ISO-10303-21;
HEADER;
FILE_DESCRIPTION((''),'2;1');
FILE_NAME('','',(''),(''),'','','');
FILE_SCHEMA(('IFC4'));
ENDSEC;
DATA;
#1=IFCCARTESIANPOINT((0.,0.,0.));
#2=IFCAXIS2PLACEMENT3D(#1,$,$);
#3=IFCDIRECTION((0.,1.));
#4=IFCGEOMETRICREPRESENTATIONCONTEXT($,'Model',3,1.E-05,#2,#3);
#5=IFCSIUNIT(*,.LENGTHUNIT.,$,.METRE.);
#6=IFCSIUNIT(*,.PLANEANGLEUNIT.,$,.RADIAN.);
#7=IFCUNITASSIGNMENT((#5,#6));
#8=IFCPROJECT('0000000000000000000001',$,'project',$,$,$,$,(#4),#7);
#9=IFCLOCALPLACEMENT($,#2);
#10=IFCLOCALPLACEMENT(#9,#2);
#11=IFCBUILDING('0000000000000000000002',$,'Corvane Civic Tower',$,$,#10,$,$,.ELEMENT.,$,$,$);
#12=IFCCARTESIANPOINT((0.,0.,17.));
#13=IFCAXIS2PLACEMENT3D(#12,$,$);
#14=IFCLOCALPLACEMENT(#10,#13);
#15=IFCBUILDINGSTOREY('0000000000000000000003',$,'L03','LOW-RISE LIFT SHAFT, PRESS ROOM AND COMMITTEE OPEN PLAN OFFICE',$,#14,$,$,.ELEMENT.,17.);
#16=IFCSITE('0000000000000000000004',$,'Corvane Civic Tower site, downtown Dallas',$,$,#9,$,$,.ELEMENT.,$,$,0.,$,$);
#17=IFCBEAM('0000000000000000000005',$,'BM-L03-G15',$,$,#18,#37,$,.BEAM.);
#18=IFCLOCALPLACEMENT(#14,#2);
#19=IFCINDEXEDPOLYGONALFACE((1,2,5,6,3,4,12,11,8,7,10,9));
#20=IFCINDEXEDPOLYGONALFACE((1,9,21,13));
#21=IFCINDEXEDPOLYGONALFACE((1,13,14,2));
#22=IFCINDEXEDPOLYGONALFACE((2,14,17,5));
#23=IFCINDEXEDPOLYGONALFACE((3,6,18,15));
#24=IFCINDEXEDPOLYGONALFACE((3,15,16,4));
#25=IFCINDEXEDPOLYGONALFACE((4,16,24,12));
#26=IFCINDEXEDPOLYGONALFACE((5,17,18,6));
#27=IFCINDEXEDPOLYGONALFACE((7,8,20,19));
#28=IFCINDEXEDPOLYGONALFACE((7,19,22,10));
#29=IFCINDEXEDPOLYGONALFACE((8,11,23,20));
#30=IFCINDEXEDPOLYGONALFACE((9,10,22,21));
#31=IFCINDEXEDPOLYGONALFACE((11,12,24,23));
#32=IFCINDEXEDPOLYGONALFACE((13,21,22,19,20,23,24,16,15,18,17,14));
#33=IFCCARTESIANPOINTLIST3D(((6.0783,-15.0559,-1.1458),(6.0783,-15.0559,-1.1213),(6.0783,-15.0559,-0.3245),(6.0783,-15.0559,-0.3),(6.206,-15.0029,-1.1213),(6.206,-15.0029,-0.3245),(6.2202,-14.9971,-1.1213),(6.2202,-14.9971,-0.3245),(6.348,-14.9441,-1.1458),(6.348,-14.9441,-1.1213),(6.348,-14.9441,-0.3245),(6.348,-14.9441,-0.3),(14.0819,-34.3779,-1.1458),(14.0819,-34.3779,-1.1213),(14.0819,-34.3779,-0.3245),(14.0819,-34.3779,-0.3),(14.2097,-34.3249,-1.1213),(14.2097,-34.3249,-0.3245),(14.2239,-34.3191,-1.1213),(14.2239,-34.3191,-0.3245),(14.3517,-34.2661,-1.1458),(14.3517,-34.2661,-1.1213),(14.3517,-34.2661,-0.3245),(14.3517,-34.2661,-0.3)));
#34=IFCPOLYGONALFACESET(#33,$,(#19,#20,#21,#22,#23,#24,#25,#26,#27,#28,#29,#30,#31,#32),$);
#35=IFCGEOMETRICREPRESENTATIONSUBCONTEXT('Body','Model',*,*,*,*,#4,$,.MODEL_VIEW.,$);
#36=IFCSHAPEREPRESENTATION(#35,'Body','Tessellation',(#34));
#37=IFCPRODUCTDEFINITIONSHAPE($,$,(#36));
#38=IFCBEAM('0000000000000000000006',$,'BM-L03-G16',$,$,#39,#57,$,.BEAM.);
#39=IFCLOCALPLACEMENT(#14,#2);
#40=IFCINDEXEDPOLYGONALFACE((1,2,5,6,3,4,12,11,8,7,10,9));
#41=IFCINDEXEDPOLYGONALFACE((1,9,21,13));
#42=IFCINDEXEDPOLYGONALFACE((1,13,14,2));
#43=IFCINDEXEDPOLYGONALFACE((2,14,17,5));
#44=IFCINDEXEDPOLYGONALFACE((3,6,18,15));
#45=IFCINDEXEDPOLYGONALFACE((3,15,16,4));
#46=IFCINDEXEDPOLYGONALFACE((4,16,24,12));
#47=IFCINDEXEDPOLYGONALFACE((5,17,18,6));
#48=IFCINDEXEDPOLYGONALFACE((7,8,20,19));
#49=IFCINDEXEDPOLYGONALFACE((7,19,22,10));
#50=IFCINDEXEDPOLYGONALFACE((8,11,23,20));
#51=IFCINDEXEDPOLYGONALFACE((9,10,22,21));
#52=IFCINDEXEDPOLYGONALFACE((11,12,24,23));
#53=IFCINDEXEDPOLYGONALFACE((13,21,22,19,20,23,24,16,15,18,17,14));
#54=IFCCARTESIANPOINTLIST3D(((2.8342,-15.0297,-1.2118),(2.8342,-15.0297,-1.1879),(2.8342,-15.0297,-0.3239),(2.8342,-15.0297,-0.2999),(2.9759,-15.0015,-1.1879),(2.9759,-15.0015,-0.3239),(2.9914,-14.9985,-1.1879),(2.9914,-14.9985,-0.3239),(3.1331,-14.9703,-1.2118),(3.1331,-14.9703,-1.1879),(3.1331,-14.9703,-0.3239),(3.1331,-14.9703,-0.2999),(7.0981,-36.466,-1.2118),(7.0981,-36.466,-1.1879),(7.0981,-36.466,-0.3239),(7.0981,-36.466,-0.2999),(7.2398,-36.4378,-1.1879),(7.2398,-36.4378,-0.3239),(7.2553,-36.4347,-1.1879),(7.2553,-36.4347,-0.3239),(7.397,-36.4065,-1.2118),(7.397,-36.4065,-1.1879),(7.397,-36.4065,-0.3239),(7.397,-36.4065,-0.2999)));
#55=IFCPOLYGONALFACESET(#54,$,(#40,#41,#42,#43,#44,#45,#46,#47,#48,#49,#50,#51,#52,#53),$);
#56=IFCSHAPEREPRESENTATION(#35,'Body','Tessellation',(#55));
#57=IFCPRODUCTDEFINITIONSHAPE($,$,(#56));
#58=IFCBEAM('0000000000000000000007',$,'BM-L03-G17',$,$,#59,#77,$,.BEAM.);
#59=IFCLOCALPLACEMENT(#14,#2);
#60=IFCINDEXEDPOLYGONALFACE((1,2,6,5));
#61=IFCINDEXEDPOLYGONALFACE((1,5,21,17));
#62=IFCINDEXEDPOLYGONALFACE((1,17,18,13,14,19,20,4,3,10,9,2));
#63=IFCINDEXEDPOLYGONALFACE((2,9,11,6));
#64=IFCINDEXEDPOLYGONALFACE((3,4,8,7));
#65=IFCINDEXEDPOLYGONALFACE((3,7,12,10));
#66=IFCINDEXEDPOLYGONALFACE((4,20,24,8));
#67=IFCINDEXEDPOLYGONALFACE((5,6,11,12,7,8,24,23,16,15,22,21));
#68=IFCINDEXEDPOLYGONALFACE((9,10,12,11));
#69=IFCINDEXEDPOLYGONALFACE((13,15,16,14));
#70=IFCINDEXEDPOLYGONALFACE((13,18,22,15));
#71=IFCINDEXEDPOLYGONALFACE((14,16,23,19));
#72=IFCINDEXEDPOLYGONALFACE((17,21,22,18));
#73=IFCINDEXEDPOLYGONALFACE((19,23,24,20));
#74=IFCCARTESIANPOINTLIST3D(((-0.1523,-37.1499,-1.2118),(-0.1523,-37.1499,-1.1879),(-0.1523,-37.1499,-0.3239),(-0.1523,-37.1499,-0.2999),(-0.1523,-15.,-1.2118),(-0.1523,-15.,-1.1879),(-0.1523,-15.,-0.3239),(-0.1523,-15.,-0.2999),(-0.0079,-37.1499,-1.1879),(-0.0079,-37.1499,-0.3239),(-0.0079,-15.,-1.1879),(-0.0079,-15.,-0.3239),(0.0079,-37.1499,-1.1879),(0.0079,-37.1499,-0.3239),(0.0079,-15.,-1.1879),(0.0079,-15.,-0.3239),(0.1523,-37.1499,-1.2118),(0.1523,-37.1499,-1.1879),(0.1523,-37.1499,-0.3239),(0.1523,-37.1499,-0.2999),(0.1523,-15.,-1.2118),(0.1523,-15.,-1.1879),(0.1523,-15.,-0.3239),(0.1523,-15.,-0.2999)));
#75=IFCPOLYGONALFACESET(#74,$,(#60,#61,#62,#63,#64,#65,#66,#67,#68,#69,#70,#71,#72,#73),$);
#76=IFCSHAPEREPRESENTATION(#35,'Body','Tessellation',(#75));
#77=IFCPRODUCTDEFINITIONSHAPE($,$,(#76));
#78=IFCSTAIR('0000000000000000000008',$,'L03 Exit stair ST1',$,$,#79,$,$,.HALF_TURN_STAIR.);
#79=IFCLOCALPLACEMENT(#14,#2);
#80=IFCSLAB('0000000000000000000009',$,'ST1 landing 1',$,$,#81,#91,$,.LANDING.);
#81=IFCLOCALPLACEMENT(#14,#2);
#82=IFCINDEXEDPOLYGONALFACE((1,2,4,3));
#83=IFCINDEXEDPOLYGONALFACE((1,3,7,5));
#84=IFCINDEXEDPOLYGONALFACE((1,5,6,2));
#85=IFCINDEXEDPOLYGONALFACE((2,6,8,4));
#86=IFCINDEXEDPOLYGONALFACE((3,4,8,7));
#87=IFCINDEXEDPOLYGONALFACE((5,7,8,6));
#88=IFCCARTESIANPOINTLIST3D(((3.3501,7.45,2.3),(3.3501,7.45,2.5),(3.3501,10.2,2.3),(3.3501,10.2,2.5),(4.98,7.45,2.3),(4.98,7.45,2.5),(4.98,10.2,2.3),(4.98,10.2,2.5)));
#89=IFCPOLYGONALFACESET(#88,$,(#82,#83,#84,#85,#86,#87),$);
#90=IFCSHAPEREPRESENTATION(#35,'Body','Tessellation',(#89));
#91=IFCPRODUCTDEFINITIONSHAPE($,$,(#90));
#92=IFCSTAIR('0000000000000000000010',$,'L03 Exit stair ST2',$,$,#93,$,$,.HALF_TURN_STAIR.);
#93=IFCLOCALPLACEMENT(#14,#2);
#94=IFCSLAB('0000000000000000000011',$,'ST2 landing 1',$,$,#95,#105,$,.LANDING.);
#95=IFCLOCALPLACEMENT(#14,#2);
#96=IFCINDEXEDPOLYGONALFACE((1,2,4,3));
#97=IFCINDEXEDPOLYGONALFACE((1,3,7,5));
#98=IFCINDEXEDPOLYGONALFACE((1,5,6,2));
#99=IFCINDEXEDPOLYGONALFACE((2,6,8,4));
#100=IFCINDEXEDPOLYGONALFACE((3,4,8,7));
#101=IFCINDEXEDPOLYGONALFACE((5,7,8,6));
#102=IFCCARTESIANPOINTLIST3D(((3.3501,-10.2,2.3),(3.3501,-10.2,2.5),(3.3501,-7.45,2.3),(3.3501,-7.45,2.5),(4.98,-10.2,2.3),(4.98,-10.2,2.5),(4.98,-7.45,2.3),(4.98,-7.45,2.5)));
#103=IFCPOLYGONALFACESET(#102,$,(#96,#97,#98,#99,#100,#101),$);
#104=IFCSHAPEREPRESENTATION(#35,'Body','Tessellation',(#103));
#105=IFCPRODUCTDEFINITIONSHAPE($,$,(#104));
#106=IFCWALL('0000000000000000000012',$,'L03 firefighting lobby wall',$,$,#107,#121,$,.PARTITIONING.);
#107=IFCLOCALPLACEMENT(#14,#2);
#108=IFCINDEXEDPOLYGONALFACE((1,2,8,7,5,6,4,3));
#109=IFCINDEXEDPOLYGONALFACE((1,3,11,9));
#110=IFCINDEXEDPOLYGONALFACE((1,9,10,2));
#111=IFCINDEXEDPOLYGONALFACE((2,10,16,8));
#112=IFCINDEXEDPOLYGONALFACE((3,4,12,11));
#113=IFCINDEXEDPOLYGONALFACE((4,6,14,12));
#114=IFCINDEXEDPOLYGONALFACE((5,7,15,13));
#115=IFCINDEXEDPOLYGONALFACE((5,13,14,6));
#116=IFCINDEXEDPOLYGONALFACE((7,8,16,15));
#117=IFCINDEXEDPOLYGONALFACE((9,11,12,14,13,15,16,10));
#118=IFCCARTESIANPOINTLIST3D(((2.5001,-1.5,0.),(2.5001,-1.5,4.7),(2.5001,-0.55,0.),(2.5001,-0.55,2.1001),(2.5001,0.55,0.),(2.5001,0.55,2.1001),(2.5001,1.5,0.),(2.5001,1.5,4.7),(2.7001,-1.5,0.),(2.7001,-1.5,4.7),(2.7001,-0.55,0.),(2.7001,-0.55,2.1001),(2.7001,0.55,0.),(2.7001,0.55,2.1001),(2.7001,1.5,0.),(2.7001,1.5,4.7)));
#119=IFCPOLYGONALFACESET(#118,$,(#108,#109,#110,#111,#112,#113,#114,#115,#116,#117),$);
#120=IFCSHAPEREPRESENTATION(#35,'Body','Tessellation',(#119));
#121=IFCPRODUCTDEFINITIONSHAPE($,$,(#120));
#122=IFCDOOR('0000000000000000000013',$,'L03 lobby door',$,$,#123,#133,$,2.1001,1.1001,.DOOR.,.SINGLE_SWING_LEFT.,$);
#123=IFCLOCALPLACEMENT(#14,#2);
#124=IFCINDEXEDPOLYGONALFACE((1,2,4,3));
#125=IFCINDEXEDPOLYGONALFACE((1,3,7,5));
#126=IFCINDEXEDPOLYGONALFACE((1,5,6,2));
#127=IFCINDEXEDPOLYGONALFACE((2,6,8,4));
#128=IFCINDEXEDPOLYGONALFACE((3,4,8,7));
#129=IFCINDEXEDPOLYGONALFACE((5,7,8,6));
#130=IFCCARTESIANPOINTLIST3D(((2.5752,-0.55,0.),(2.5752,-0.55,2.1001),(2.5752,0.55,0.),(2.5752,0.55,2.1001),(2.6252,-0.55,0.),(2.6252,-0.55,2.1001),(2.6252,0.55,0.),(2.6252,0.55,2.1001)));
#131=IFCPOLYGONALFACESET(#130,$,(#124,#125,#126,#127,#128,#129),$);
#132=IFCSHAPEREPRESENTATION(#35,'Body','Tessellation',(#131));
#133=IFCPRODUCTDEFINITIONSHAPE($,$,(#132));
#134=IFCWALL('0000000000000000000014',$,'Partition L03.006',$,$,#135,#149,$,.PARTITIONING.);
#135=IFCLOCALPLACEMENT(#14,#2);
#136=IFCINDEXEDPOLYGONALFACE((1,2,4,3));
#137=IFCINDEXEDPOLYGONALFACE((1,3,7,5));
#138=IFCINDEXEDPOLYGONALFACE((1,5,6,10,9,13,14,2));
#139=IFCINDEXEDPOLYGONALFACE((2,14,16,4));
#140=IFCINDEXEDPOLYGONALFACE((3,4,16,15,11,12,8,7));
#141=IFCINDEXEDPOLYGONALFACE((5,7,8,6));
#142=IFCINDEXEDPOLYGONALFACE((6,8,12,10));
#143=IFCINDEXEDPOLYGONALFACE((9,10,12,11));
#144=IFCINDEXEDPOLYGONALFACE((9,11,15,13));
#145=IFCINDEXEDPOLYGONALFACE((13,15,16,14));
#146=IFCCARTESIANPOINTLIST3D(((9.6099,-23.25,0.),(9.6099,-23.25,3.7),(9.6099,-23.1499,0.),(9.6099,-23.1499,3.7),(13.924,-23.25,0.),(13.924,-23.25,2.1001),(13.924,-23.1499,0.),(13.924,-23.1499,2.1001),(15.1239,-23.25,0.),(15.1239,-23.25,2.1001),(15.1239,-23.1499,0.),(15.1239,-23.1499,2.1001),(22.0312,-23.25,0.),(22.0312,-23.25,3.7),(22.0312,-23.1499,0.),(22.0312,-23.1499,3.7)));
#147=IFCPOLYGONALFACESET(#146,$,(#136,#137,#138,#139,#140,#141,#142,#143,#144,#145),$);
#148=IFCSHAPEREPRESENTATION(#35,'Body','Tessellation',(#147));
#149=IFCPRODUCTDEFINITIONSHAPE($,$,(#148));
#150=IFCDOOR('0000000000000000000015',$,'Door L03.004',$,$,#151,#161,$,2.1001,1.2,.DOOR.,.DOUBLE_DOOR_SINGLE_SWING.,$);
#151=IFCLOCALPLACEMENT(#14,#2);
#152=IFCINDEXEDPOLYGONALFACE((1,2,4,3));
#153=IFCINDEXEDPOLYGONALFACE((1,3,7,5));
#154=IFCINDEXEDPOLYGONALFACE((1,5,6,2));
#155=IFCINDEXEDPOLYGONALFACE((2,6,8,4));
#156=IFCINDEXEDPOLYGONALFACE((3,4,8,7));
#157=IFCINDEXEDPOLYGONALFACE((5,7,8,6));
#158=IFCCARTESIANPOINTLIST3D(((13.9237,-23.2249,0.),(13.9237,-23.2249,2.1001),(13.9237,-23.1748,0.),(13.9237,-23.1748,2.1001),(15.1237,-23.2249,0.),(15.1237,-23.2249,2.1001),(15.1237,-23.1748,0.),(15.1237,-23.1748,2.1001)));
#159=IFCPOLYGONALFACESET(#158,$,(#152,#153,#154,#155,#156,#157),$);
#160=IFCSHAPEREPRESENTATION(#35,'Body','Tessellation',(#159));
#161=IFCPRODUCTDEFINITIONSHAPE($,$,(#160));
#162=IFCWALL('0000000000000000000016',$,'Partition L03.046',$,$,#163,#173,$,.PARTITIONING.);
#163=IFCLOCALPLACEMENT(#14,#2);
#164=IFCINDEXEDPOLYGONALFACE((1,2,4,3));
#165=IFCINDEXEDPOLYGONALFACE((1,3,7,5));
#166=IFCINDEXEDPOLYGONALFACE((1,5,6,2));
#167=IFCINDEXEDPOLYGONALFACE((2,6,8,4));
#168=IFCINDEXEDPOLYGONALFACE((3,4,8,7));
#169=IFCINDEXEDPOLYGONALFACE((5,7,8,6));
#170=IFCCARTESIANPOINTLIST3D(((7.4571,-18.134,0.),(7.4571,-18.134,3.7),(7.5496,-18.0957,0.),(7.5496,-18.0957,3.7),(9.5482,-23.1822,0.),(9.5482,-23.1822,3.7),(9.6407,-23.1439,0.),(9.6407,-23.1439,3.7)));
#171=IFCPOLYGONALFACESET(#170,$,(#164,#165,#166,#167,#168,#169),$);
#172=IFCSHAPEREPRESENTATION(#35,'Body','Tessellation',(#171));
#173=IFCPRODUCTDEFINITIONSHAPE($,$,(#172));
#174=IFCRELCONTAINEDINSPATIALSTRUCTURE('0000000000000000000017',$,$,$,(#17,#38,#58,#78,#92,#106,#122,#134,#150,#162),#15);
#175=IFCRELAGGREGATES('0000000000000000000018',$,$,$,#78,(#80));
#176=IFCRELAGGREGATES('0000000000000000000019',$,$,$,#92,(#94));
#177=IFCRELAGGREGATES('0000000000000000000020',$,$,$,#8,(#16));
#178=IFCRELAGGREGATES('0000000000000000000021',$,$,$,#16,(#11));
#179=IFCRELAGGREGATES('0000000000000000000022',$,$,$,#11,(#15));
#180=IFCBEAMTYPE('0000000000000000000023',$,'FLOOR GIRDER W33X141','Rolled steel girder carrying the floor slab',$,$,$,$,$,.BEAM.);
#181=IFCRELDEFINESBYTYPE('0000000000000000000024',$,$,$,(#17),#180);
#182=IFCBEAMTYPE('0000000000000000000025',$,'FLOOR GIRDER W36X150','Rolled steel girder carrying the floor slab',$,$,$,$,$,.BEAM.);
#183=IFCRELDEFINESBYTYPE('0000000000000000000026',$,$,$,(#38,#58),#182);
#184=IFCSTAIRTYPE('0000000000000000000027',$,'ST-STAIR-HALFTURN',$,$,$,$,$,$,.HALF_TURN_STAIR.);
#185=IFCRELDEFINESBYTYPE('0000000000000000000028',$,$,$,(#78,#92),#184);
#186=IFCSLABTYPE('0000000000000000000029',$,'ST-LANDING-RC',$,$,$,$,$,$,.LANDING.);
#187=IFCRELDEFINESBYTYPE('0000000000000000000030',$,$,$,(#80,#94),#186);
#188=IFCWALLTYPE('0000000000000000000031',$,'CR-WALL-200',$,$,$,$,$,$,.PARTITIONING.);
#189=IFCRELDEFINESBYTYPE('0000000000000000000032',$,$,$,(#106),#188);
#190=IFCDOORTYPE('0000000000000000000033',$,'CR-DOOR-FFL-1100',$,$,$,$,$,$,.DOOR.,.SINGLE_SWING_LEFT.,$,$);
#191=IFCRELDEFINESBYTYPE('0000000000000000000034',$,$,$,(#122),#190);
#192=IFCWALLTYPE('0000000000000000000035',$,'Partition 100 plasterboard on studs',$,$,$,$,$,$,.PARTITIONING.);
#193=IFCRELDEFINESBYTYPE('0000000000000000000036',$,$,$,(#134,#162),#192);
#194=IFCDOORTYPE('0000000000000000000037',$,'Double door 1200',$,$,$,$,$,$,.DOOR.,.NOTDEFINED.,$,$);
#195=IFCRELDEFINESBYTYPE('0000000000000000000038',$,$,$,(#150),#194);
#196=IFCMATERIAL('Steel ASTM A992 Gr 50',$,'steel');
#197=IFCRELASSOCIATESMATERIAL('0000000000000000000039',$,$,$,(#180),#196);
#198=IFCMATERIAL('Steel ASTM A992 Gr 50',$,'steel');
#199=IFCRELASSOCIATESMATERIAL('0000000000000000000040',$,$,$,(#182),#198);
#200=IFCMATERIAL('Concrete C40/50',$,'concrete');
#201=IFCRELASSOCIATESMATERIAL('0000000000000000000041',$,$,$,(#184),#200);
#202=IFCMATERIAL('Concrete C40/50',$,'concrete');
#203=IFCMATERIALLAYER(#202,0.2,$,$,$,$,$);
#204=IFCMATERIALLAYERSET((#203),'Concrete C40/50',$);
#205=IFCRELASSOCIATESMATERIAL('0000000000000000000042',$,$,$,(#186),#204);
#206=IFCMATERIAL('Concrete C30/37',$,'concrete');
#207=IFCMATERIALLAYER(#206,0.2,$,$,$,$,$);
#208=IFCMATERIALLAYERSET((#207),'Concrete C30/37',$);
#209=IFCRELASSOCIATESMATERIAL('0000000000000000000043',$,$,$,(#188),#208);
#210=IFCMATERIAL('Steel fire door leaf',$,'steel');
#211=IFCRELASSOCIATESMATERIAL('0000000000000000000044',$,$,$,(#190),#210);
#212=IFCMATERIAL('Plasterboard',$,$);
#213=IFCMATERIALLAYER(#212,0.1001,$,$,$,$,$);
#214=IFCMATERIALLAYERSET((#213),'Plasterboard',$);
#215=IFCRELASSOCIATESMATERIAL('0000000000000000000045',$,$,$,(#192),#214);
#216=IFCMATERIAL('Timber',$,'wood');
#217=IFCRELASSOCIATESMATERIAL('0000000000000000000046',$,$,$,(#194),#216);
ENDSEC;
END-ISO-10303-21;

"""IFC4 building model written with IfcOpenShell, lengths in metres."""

from ifc_helpers import new_model, si_unit, direction, frame, frame_2d, origin, origin_2d, place, context, subcontext, project, spatial, polyline, rectangle, i_section, outline, extrude, material, layer, layer_set, material_profile, profile_set, type_object, element, fill, aggregate, save


model = new_model("IFC4")

# Units and contexts
model_context = context("Model", 3, precision=1e-05, world=origin(), true_north=direction((0.0, 1.0)))
body_context = subcontext(model_context, "Body", "Model", "MODEL_VIEW")
ifc_project = project(units=[si_unit("LENGTHUNIT", "METRE"), si_unit("PLANEANGLEUNIT", "RADIAN")], contexts=[model_context])

# Site, building, storey
site_placement = place(None, origin())
site = spatial("IfcSite", under=ifc_project, at=site_placement, Name="Corvane Civic Tower site, downtown Dallas", CompositionType="ELEMENT", RefElevation=0.0)
building_placement = place(site_placement, origin())
building = spatial("IfcBuilding", under=site, at=building_placement, Name="Corvane Civic Tower", CompositionType="ELEMENT")
storey_placement = place(building_placement, frame((0.0, 0.0, 17.0)))
storey = spatial("IfcBuildingStorey", under=building, at=storey_placement, Name="L03", Description="LOW-RISE LIFT SHAFT, PRESS ROOM AND COMMITTEE OPEN PLAN OFFICE", CompositionType="ELEMENT", Elevation=17.0)

# Beams
ifc_material_1 = material(Name="Steel ASTM A992 Gr 50", Category="steel")
ifc_material_profile_1 = material_profile(ifc_material_1, i_section(OverallWidth=0.292, OverallDepth=0.8457, WebThickness=0.0154, FlangeThickness=0.0244, at=origin_2d()), Name="W33X141")
ifc_profile_set_1 = profile_set([ifc_material_profile_1], Name="Steel ASTM A992 Gr 50")
beam_type_1 = type_object("IfcBeamType", Name="FLOOR GIRDER W33X141", Description="Rolled steel girder carrying the floor slab", PredefinedType="BEAM", material=ifc_profile_set_1)
beam_1_placement = place(storey_placement, frame((6.2131, -15.0, -0.7229), z_axis=(0.382692, -0.923876, 0.0), x_axis=(0.923876, 0.382692, 0.0)))
element("IfcBeam", 1, at=beam_1_placement, inside=storey, type_object=beam_type_1, Name="BM-L03-G15", PredefinedType="BEAM", context=body_context, shape_type="SweptSolid", body=[
    extrude(i_section(OverallWidth=0.292, OverallDepth=0.8457, WebThickness=0.0154, FlangeThickness=0.0244, at=origin_2d()), origin(), (0.0, 0.0, 1.0), 20.9141),
])
ifc_material_2 = material(Name="Steel ASTM A992 Gr 50", Category="steel")
ifc_material_profile_2 = material_profile(ifc_material_2, i_section(OverallWidth=0.3047, OverallDepth=0.9119, WebThickness=0.0159, FlangeThickness=0.0239, at=origin_2d()), Name="W36X150")
ifc_profile_set_2 = profile_set([ifc_material_profile_2], Name="Steel ASTM A992 Gr 50")
beam_type_2 = type_object("IfcBeamType", Name="FLOOR GIRDER W36X150", Description="Rolled steel girder carrying the floor slab", PredefinedType="BEAM", material=ifc_profile_set_2)
beam_2_placement = place(storey_placement, frame((2.9836, -15.0, -0.7559), z_axis=(0.195089, -0.980785, 0.0), x_axis=(0.980785, 0.195089, 0.0)))
element("IfcBeam", 2, at=beam_2_placement, inside=storey, type_object=beam_type_2, Name="BM-L03-G16", PredefinedType="BEAM", context=body_context, shape_type="SweptSolid", body=[
    extrude(i_section(OverallWidth=0.3047, OverallDepth=0.9119, WebThickness=0.0159, FlangeThickness=0.0239, at=origin_2d()), origin(), (0.0, 0.0, 1.0), 21.8562),
])
beam_3_placement = place(storey_placement, frame((0.0, -15.0, -0.7559), z_axis=(0.0, -1.0, 0.0), x_axis=(1.0, 0.0, 0.0)))
element("IfcBeam", 3, at=beam_3_placement, inside=storey, type_object=beam_type_2, Name="BM-L03-G17", PredefinedType="BEAM", context=body_context, shape_type="SweptSolid", body=[
    extrude(i_section(OverallWidth=0.3047, OverallDepth=0.9119, WebThickness=0.0159, FlangeThickness=0.0239, at=origin_2d()), origin(), (0.0, 0.0, 1.0), 22.1499),
])

# Stairs, slabs
ifc_material_3 = material(Name="Concrete C40/50", Category="concrete")
stair_type = type_object("IfcStairType", Name="ST-STAIR-HALFTURN", PredefinedType="HALF_TURN_STAIR", material=ifc_material_3)
stair_1_placement = place(storey_placement, origin())
stair_1 = element("IfcStair", 4, at=stair_1_placement, inside=storey, type_object=stair_type, Name="L03 Exit stair ST1", PredefinedType="HALF_TURN_STAIR")
ifc_material_4 = material(Name="Concrete C40/50", Category="concrete")
ifc_layer_1 = layer(ifc_material_4, 0.2)
ifc_layer_set_1 = layer_set([ifc_layer_1], Name="Concrete C40/50")
slab_type_1 = type_object("IfcSlabType", Name="ST-LANDING-RC", PredefinedType="LANDING", material=ifc_layer_set_1)
slab_1_placement = place(storey_placement, frame((0.0, 0.0, 2.3)))
slab_1 = element("IfcSlab", 5, at=slab_1_placement, type_object=slab_type_1, Name="ST1 landing 1", PredefinedType="LANDING", context=body_context, shape_type="SweptSolid", body=[
    extrude(outline(polyline([(4.98, 10.2), (3.3501, 10.2), (3.3501, 7.45), (4.98, 7.45), (4.98, 10.2)])), origin(), (0.0, 0.0, 1.0), 0.2),
])
aggregate(stair_1, [slab_1])
stair_2_placement = place(storey_placement, origin())
stair_2 = element("IfcStair", 6, at=stair_2_placement, inside=storey, type_object=stair_type, Name="L03 Exit stair ST2", PredefinedType="HALF_TURN_STAIR")
slab_2_placement = place(storey_placement, frame((0.0, 0.0, 2.3)))
slab_2 = element("IfcSlab", 7, at=slab_2_placement, type_object=slab_type_1, Name="ST2 landing 1", PredefinedType="LANDING", context=body_context, shape_type="SweptSolid", body=[
    extrude(outline(polyline([(4.98, -7.45), (3.3501, -7.45), (3.3501, -10.2), (4.98, -10.2), (4.98, -7.45)])), origin(), (0.0, 0.0, 1.0), 0.2),
])

# Walls, openings, doors
ifc_material_5 = material(Name="Concrete C30/37", Category="concrete")
ifc_layer_2 = layer(ifc_material_5, 0.2)
ifc_layer_set_2 = layer_set([ifc_layer_2], Name="Concrete C30/37")
wall_type_1 = type_object("IfcWallType", Name="CR-WALL-200", PredefinedType="PARTITIONING", material=ifc_layer_set_2)
wall_1_placement = place(storey_placement, frame((2.6001, -1.5, 0.0), z_axis=(0.0, 0.0, 1.0), x_axis=(0.0, 1.0, 0.0)))
wall_1 = element("IfcWall", 8, at=wall_1_placement, inside=storey, type_object=wall_type_1, Name="L03 firefighting lobby wall", PredefinedType="PARTITIONING", context=body_context, shape_type="SweptSolid", body=[
    extrude(rectangle(XDim=3.0, YDim=0.2, at=frame_2d((1.5, 0.0))), origin(), (0.0, 0.0, 1.0), 4.7),
])
opening_1_placement = place(wall_1_placement, frame((0.95, 0.0, 0.0)))
opening_1 = element("IfcOpeningElement", 9, at=opening_1_placement, cuts=wall_1, PredefinedType="OPENING", context=body_context, shape_type="SweptSolid", body=[
    extrude(rectangle(XDim=1.1001, YDim=2.1001, at=frame_2d((0.55, 1.05))), frame((0.0, 0.1099, 0.0), z_axis=(0.0, -1.0, 0.0), x_axis=(1.0, 0.0, 0.0)), (0.0, 0.0, 1.0), 0.22),
])
ifc_material_6 = material(Name="Steel fire door leaf", Category="steel")
door_type_1 = type_object("IfcDoorType", Name="CR-DOOR-FFL-1100", OperationType="SINGLE_SWING_LEFT", PredefinedType="DOOR", material=ifc_material_6)
door_1_placement = place(opening_1_placement, origin())
door_1 = element("IfcDoor", 10, at=door_1_placement, inside=storey, type_object=door_type_1, Name="L03 lobby door", OperationType="SINGLE_SWING_LEFT", OverallHeight=2.1001, OverallWidth=1.1001, PredefinedType="DOOR", context=body_context, shape_type="SweptSolid", body=[
    extrude(rectangle(XDim=1.1001, YDim=2.1001, at=frame_2d((0.55, 1.05))), frame((0.0, 0.0249, 0.0), z_axis=(0.0, -1.0, 0.0), x_axis=(1.0, 0.0, 0.0)), (0.0, 0.0, 1.0), 0.05),
])
fill(opening_1, door_1)
ifc_material_7 = material(Name="Plasterboard")
ifc_layer_3 = layer(ifc_material_7, 0.1001)
ifc_layer_set_3 = layer_set([ifc_layer_3], Name="Plasterboard")
wall_type_2 = type_object("IfcWallType", Name="Partition 100 plasterboard on studs", PredefinedType="PARTITIONING", material=ifc_layer_set_3)
wall_2_placement = place(storey_placement, frame((9.6099, -23.2, 0.0), z_axis=(0.0, 0.0, 1.0), x_axis=(1.0, 0.0, 0.0)))
wall_2 = element("IfcWall", 11, at=wall_2_placement, inside=storey, type_object=wall_type_2, Name="Partition L03.006", PredefinedType="PARTITIONING", context=body_context, shape_type="SweptSolid", body=[
    extrude(rectangle(XDim=12.4214, YDim=0.1001, at=frame_2d((6.2107, 0.0))), origin(), (0.0, 0.0, 1.0), 3.7),
])
opening_2_placement = place(wall_2_placement, frame((4.314, 0.0, 0.0)))
opening_2 = element("IfcOpeningElement", 12, at=opening_2_placement, cuts=wall_2, PredefinedType="OPENING", context=body_context, shape_type="SweptSolid", body=[
    extrude(rectangle(XDim=1.2, YDim=2.1001, at=frame_2d((0.6001, 1.05))), frame((0.0, 0.0601, 0.0), z_axis=(0.0, -1.0, 0.0), x_axis=(1.0, 0.0, 0.0)), (0.0, 0.0, 1.0), 0.1201),
])
ifc_material_8 = material(Name="Timber", Category="wood")
door_type_2 = type_object("IfcDoorType", Name="Double door 1200", OperationType="NOTDEFINED", PredefinedType="DOOR", material=ifc_material_8)
door_2_placement = place(opening_2_placement, frame((1.2, 0.0, 0.0), z_axis=(0.0, 0.0, 1.0), x_axis=(-1.0, 0.0, 0.0)))
door_2 = element("IfcDoor", 13, at=door_2_placement, inside=storey, type_object=door_type_2, Name="Door L03.004", OperationType="DOUBLE_DOOR_SINGLE_SWING", OverallHeight=2.1001, OverallWidth=1.2, PredefinedType="DOOR", context=body_context, shape_type="SweptSolid", body=[
    extrude(rectangle(XDim=1.2, YDim=2.1001, at=frame_2d((0.6001, 1.05))), frame((0.0, 0.0249, 0.0), z_axis=(0.0, -1.0, 0.0), x_axis=(1.0, 0.0, 0.0)), (0.0, 0.0, 1.0), 0.05),
])
fill(opening_2, door_2)

# Wall
wall_3_placement = place(storey_placement, frame((7.5034, -18.115, 0.0), z_axis=(0.0, 0.0, 1.0), x_axis=(0.382695, -0.923875, 0.0)))
element("IfcWall", 14, at=wall_3_placement, inside=storey, type_object=wall_type_2, Name="Partition L03.046", PredefinedType="PARTITIONING", context=body_context, shape_type="SweptSolid", body=[
    extrude(rectangle(XDim=5.4641, YDim=0.1001, at=frame_2d((2.7319, 0.0))), origin(), (0.0, 0.0, 1.0), 3.7),
])

aggregate(stair_2, [slab_2])

save(model, "model.ifc")
